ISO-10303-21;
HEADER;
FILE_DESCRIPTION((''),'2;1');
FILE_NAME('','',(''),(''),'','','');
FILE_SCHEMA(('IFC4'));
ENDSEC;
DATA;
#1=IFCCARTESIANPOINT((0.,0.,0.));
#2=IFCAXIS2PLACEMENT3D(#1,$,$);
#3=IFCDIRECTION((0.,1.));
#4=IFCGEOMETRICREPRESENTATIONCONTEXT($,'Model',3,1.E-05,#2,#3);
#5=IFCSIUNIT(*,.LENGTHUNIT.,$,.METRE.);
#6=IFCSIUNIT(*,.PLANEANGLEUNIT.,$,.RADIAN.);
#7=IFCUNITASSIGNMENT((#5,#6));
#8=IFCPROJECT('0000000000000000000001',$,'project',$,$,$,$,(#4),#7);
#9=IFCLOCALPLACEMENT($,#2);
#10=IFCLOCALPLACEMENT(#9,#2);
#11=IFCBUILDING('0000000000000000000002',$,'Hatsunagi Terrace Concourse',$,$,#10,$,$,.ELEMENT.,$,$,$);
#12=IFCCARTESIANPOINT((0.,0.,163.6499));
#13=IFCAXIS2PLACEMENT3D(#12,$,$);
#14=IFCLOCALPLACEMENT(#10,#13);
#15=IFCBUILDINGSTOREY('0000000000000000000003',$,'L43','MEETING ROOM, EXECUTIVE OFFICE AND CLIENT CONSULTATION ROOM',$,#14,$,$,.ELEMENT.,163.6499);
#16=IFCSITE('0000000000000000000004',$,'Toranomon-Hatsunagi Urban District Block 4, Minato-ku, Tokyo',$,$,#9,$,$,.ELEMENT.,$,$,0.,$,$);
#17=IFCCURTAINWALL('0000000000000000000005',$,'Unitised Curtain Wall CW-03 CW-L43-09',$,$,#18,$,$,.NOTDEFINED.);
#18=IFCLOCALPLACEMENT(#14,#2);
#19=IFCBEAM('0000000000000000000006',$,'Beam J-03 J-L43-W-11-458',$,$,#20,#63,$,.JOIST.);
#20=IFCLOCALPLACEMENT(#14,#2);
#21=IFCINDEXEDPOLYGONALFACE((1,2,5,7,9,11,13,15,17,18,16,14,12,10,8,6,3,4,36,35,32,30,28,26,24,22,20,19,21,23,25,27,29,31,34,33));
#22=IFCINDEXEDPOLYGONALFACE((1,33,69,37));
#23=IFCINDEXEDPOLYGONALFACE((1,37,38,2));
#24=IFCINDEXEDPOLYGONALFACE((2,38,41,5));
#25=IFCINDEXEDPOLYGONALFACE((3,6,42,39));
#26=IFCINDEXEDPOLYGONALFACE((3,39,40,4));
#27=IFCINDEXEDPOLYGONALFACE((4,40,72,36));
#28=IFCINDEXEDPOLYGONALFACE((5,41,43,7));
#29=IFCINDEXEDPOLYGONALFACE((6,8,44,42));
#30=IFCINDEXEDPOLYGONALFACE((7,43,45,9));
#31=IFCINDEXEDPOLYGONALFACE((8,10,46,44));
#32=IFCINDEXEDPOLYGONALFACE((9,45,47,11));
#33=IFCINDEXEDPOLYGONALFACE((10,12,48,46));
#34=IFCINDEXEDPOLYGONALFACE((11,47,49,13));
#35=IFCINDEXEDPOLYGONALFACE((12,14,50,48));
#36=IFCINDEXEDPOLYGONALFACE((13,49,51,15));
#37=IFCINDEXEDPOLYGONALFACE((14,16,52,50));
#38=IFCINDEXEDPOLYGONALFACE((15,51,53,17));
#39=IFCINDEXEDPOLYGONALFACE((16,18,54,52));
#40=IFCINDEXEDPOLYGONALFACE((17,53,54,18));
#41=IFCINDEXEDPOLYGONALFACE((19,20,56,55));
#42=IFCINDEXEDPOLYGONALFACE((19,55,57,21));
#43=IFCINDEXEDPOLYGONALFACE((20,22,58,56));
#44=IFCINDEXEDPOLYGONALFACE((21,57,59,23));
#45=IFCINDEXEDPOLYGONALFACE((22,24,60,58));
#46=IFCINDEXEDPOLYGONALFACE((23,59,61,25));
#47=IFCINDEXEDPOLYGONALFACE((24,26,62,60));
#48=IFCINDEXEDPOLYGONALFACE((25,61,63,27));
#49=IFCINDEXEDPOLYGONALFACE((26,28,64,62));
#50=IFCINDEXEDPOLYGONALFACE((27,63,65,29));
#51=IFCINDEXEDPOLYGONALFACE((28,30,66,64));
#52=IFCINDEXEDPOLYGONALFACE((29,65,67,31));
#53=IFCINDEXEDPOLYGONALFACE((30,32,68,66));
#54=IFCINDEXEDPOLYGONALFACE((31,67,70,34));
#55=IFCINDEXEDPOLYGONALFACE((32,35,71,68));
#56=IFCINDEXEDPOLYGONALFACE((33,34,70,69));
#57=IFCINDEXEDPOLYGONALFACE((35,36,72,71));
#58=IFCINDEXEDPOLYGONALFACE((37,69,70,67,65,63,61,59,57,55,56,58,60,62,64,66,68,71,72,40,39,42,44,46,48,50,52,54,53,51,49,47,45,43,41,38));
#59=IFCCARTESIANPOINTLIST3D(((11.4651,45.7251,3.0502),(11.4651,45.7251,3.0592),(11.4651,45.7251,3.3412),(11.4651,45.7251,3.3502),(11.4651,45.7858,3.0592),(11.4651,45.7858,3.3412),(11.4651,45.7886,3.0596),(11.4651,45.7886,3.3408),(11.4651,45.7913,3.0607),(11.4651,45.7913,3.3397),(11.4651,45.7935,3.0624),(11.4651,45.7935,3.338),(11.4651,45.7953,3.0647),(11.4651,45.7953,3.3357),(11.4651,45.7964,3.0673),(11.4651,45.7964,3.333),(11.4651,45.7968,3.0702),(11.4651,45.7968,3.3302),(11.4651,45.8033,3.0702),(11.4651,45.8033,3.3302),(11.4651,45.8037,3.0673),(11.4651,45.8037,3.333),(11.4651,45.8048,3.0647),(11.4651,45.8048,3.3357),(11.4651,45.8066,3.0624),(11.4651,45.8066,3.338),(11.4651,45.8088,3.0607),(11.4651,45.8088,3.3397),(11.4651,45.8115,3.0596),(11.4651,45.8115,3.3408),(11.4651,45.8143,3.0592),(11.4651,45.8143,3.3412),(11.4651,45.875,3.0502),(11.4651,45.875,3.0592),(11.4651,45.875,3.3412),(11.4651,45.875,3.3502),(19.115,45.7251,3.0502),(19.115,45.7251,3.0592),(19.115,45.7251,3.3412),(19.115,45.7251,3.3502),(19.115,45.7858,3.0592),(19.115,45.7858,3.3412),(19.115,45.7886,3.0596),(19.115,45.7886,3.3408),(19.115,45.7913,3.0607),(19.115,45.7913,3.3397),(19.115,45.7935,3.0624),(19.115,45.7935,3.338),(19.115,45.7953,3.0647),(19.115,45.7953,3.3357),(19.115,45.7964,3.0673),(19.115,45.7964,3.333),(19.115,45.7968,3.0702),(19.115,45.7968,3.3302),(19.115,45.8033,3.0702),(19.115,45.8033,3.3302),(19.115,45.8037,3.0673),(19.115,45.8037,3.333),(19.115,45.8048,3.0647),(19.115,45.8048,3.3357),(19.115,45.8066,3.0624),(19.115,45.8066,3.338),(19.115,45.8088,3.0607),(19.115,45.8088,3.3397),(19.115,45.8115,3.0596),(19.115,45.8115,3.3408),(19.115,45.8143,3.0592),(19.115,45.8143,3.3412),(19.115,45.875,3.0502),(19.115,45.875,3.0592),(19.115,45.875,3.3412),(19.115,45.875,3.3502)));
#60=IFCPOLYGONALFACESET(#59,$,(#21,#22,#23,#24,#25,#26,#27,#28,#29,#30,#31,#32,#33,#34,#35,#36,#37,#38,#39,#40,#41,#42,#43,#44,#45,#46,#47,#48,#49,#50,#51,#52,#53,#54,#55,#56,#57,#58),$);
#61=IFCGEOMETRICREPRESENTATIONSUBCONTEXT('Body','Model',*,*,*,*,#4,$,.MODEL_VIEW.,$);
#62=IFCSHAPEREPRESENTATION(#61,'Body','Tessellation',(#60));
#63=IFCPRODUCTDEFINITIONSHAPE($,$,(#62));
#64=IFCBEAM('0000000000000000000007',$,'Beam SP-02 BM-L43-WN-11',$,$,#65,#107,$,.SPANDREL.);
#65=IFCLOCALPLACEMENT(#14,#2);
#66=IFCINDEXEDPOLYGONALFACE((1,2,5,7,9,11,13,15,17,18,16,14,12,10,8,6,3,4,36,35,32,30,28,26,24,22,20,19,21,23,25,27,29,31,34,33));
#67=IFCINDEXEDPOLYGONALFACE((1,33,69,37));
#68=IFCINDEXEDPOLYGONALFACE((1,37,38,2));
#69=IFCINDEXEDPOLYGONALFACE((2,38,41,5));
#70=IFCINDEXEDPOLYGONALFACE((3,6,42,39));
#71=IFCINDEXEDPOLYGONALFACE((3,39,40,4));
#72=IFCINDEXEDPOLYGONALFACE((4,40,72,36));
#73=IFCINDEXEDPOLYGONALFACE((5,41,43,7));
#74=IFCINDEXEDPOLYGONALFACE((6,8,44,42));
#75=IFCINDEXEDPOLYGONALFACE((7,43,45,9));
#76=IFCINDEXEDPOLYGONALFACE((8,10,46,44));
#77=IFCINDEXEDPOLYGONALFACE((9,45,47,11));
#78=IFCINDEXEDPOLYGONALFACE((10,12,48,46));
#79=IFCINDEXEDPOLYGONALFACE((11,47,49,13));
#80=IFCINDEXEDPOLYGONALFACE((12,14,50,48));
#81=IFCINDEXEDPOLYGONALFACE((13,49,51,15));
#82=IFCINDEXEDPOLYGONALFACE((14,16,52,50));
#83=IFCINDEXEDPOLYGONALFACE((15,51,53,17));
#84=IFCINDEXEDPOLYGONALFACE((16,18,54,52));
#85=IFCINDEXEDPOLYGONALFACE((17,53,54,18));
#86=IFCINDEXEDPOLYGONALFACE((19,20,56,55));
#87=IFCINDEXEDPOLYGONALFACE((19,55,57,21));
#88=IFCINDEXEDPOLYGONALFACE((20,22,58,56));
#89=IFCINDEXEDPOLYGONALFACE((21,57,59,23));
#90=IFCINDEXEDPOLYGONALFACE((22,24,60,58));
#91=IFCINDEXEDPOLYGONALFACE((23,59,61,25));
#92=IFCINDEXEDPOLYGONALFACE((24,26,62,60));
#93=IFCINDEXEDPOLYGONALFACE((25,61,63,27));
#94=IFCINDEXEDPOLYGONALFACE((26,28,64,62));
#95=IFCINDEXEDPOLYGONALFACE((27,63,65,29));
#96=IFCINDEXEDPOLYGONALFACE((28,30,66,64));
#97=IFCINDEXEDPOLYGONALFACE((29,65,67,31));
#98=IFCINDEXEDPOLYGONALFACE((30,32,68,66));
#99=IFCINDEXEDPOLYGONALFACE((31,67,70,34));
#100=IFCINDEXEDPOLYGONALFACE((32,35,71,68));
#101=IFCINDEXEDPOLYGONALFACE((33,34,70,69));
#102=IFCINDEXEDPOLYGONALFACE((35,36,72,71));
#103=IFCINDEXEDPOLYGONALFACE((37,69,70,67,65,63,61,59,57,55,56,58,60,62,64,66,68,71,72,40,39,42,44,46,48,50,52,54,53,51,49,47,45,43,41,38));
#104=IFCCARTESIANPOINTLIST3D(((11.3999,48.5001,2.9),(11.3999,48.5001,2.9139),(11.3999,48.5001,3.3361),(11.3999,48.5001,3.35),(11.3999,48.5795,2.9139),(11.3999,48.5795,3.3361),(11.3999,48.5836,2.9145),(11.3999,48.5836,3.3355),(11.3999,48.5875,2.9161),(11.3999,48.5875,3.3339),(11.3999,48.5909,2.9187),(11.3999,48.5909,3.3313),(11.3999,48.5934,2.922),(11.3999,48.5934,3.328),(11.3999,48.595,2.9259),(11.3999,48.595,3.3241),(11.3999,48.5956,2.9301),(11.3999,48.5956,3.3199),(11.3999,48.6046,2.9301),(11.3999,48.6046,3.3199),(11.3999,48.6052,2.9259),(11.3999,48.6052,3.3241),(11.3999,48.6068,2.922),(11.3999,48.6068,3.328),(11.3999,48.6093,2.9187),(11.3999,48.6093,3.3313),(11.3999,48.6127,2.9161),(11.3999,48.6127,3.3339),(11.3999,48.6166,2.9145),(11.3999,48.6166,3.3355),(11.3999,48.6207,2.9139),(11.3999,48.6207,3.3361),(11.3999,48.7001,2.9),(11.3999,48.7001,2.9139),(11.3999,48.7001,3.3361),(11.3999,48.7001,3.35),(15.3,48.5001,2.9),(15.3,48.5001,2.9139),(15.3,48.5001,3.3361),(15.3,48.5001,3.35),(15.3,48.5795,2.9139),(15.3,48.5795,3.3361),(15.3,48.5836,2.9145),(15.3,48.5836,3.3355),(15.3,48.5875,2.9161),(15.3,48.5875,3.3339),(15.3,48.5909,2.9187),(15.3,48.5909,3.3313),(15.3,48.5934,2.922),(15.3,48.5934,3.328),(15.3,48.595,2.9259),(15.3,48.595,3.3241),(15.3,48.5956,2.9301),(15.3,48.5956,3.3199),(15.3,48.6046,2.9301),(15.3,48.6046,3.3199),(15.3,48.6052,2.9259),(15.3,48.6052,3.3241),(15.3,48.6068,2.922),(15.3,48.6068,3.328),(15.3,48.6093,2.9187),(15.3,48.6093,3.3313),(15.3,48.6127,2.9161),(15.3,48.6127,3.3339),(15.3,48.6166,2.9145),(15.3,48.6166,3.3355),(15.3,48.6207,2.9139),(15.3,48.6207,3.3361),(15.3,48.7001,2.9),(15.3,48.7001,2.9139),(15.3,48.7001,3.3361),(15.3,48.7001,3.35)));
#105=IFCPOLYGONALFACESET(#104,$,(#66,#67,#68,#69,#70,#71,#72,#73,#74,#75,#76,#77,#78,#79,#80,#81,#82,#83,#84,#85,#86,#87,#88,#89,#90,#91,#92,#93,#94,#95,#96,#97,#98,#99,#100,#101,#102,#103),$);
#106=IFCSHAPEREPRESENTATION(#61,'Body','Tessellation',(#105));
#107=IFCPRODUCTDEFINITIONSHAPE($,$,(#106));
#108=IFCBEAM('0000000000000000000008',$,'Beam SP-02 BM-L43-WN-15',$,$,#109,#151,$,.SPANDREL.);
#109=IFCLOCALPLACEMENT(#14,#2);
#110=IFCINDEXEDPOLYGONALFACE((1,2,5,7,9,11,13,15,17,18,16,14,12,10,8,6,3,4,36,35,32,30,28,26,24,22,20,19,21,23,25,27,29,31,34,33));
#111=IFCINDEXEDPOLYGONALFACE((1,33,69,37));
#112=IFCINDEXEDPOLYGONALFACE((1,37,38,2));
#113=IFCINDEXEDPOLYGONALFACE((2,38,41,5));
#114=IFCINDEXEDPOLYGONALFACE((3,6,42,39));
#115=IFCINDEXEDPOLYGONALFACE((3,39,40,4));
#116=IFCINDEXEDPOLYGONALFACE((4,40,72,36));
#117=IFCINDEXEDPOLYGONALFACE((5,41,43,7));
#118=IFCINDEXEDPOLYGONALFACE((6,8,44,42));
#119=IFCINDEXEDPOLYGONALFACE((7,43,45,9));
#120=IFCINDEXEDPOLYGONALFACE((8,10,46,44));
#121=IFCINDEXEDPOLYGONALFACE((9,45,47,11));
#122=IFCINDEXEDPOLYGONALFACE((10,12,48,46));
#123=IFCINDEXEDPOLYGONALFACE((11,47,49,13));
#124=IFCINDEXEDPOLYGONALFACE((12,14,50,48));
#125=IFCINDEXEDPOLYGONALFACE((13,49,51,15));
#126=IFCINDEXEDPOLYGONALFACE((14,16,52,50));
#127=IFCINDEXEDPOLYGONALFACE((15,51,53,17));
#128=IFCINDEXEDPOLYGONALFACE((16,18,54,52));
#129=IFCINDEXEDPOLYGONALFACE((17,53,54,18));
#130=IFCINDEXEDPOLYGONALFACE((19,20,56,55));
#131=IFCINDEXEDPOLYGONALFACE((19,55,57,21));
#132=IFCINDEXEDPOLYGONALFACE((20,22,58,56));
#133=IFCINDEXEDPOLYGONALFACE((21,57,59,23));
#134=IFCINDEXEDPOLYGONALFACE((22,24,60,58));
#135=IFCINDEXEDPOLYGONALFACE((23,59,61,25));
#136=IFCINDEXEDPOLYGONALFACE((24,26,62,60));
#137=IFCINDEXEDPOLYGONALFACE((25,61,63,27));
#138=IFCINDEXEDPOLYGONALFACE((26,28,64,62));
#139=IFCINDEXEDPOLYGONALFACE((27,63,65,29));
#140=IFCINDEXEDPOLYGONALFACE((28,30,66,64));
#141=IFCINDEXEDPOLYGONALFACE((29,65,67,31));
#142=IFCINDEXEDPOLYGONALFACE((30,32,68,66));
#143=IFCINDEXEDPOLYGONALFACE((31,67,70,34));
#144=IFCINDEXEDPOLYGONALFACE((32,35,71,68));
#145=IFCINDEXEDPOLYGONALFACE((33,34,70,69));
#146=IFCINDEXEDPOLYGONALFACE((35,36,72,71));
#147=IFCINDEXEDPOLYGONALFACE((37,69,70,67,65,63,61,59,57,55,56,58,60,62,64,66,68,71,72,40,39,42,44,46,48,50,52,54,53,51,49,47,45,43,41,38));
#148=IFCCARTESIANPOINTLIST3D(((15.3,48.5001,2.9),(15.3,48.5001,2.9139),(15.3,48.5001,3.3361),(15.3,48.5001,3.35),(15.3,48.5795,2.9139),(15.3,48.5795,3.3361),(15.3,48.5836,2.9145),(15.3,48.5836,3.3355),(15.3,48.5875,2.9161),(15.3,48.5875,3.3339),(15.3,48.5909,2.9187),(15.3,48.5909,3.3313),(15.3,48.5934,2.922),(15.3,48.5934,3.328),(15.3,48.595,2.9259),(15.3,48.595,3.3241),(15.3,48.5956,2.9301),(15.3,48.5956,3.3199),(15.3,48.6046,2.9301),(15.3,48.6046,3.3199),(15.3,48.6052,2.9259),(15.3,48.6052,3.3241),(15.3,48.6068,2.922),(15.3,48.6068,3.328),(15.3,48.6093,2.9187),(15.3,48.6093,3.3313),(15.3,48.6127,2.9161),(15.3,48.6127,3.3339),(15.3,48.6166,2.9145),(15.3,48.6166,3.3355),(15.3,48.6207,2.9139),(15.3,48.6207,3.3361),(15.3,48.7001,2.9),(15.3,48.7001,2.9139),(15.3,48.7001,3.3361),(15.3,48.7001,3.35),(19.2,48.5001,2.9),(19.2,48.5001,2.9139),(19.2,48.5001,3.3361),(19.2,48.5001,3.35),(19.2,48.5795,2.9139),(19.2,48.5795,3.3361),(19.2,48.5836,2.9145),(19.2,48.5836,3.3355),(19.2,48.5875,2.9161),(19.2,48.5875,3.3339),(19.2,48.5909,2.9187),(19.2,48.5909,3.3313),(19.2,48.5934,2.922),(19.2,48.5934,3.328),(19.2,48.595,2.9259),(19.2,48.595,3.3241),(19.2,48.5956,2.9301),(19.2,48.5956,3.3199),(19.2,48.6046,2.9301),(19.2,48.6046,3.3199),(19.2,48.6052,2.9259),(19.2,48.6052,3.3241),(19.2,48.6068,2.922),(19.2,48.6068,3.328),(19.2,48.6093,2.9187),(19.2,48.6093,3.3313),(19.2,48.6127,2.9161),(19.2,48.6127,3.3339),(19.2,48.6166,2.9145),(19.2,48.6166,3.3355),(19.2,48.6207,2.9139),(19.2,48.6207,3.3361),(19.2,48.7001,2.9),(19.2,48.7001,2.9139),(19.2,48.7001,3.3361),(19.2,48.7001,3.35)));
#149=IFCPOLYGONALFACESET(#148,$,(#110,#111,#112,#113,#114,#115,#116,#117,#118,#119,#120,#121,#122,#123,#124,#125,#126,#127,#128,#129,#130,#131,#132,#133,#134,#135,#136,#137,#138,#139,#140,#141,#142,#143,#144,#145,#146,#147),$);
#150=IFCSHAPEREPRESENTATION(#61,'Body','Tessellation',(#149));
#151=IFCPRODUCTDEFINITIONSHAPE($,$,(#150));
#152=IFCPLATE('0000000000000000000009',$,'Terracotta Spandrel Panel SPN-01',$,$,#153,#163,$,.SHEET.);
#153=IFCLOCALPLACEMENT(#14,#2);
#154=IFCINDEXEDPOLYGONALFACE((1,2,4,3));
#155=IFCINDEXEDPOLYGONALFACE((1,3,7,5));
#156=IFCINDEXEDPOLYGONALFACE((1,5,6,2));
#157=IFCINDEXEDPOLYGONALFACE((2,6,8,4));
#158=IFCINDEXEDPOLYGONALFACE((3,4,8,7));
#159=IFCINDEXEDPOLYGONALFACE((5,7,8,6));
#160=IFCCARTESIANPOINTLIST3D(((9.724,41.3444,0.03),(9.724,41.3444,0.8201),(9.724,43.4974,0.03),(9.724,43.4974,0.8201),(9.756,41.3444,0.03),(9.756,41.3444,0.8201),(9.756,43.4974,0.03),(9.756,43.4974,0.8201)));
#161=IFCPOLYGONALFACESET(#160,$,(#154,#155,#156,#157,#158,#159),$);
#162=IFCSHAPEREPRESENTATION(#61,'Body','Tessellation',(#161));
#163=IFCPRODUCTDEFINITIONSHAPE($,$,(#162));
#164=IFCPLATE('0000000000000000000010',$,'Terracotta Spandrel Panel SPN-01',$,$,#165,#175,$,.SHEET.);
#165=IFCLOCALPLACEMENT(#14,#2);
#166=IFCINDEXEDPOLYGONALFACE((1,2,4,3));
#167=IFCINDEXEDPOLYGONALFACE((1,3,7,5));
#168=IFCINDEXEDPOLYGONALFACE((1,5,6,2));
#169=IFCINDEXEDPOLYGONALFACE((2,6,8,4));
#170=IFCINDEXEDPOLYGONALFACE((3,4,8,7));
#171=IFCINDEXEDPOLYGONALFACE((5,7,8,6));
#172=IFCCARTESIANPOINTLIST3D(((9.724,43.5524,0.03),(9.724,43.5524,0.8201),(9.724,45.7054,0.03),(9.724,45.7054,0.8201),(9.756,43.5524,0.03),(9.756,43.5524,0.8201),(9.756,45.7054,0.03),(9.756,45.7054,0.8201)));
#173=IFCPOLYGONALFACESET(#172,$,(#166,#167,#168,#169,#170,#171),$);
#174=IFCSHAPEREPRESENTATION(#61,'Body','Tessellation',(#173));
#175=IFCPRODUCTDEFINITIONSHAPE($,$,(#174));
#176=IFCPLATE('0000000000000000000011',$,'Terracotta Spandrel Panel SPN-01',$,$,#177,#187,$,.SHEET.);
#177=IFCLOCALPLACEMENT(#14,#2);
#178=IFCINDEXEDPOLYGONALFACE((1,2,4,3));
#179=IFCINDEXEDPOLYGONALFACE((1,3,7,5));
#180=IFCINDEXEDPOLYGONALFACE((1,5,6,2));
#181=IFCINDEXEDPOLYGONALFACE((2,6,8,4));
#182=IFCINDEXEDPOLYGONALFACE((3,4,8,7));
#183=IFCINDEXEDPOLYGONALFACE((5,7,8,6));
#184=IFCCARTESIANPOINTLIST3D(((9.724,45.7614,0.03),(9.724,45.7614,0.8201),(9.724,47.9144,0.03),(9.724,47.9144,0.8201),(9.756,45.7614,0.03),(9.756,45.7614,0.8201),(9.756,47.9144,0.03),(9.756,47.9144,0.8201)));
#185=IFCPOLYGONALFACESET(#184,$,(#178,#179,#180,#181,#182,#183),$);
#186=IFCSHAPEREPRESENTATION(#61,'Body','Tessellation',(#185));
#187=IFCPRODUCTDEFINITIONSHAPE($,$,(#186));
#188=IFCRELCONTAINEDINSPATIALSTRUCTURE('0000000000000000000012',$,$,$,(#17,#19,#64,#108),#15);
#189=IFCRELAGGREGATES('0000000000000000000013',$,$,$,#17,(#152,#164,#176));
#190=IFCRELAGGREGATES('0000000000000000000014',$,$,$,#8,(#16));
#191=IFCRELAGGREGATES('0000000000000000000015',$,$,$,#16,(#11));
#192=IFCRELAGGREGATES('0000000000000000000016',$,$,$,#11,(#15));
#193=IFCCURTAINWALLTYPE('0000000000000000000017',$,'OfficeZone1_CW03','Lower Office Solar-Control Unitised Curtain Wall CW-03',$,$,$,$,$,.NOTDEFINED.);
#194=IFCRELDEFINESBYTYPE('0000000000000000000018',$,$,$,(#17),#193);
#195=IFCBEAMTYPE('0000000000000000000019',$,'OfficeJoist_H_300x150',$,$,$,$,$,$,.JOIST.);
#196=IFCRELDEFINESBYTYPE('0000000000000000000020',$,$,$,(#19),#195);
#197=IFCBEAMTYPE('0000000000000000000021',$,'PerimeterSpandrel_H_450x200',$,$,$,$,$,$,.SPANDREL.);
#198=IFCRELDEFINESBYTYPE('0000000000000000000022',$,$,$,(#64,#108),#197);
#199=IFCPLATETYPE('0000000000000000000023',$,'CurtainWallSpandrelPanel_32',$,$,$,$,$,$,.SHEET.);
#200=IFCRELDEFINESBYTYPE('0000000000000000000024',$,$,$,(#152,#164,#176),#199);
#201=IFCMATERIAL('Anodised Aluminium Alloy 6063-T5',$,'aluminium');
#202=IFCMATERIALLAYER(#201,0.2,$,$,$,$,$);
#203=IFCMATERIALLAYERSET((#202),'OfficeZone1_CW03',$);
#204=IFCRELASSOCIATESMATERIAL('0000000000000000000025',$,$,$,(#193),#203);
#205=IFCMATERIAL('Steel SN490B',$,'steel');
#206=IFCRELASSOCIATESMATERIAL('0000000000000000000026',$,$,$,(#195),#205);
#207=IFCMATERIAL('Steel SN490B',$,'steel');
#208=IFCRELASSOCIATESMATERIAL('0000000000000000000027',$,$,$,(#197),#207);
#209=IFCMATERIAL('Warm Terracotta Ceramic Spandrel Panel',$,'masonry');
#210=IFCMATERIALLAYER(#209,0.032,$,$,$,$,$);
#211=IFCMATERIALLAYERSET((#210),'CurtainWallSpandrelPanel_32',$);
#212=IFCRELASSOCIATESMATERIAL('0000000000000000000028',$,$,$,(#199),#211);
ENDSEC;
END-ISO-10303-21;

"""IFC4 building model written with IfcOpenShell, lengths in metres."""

from ifc_helpers import new_model, si_unit, direction, frame, origin, origin_2d, place, context, subcontext, project, spatial, rectangle, i_section, extrude, material, layer, layer_set, material_profile, profile_set, type_object, element, aggregate, save


model = new_model("IFC4")

# Units and contexts
model_context = context("Model", 3, precision=1e-05, world=origin(), true_north=direction((0.0, 1.0)))
body_context = subcontext(model_context, "Body", "Model", "MODEL_VIEW")
ifc_project = project(units=[si_unit("LENGTHUNIT", "METRE"), si_unit("PLANEANGLEUNIT", "RADIAN")], contexts=[model_context])

# Site, building, storey
site_placement = place(None, origin())
site = spatial("IfcSite", under=ifc_project, at=site_placement, Name="Toranomon-Hatsunagi Urban District Block 4, Minato-ku, Tokyo", CompositionType="ELEMENT", RefElevation=0.0)
building_placement = place(site_placement, origin())
building = spatial("IfcBuilding", under=site, at=building_placement, Name="Hatsunagi Terrace Concourse", CompositionType="ELEMENT")
storey_placement = place(building_placement, frame((0.0, 0.0, 163.6499)))
storey = spatial("IfcBuildingStorey", under=building, at=storey_placement, Name="L43", Description="MEETING ROOM, EXECUTIVE OFFICE AND CLIENT CONSULTATION ROOM", CompositionType="ELEMENT", Elevation=163.6499)

# Curtain wall
ifc_material_1 = material(Name="Anodised Aluminium Alloy 6063-T5", Category="aluminium")
ifc_layer_1 = layer(ifc_material_1, 0.2)
ifc_layer_set_1 = layer_set([ifc_layer_1], Name="OfficeZone1_CW03")
curtain_wall_type = type_object("IfcCurtainWallType", Name="OfficeZone1_CW03", Description="Lower Office Solar-Control Unitised Curtain Wall CW-03", PredefinedType="NOTDEFINED", material=ifc_layer_set_1)
curtain_wall_placement = place(storey_placement, origin())
curtain_wall = element("IfcCurtainWall", 1, at=curtain_wall_placement, inside=storey, type_object=curtain_wall_type, Name="Unitised Curtain Wall CW-03 CW-L43-09", PredefinedType="NOTDEFINED")

# Beams
ifc_material_2 = material(Name="Steel SN490B", Category="steel")
ifc_material_profile_1 = material_profile(ifc_material_2, i_section(OverallWidth=0.1499, OverallDepth=0.3, WebThickness=0.0066, FlangeThickness=0.009, FilletRadius=0.011, at=origin_2d()), Name="H-300x150x6.5x9")
ifc_profile_set_1 = profile_set([ifc_material_profile_1], Name="Steel SN490B")
beam_type_1 = type_object("IfcBeamType", Name="OfficeJoist_H_300x150", PredefinedType="JOIST", material=ifc_profile_set_1)
for number, where, z_axis, x_axis, name in (
    (2, (11.4651, 45.8, 3.2002), (1.0, 0.0, 0.0), (0.0, 1.0, 0.0), "Beam J-03 J-L43-W-11-458"),
):
    element("IfcBeam", number, at=place(storey_placement, frame(where, z_axis=z_axis, x_axis=x_axis)), inside=storey, type_object=beam_type_1, Name=name, PredefinedType="JOIST", context=body_context, shape_type="SweptSolid", body=[
        extrude(i_section(OverallWidth=0.1499, OverallDepth=0.3, WebThickness=0.0066, FlangeThickness=0.009, FilletRadius=0.011, at=origin_2d()), origin(), (0.0, 0.0, 1.0), 7.6499),
    ])
ifc_material_3 = material(Name="Steel SN490B", Category="steel")
ifc_material_profile_2 = material_profile(ifc_material_3, i_section(OverallWidth=0.2, OverallDepth=0.45, WebThickness=0.009, FlangeThickness=0.0139, FilletRadius=0.0161, at=origin_2d()), Name="H-450x200x9x14")
ifc_profile_set_2 = profile_set([ifc_material_profile_2], Name="Steel SN490B")
beam_type_2 = type_object("IfcBeamType", Name="PerimeterSpandrel_H_450x200", PredefinedType="SPANDREL", material=ifc_profile_set_2)
beam_1_placement = place(storey_placement, frame((11.3999, 48.6001, 3.125), z_axis=(1.0, 0.0, 0.0), x_axis=(0.0, 1.0, 0.0)))
element("IfcBeam", 3, at=beam_1_placement, inside=storey, type_object=beam_type_2, Name="Beam SP-02 BM-L43-WN-11", PredefinedType="SPANDREL", context=body_context, shape_type="SweptSolid", body=[
    extrude(i_section(OverallWidth=0.2, OverallDepth=0.45, WebThickness=0.009, FlangeThickness=0.0139, FilletRadius=0.0161, at=origin_2d()), origin(), (0.0, 0.0, 1.0), 3.9001),
])
beam_2_placement = place(storey_placement, frame((15.3, 48.6001, 3.125), z_axis=(1.0, 0.0, 0.0), x_axis=(0.0, 1.0, 0.0)))
element("IfcBeam", 4, at=beam_2_placement, inside=storey, type_object=beam_type_2, Name="Beam SP-02 BM-L43-WN-15", PredefinedType="SPANDREL", context=body_context, shape_type="SweptSolid", body=[
    extrude(i_section(OverallWidth=0.2, OverallDepth=0.45, WebThickness=0.009, FlangeThickness=0.0139, FilletRadius=0.0161, at=origin_2d()), origin(), (0.0, 0.0, 1.0), 3.8999),
])

# Plates
ifc_material_4 = material(Name="Warm Terracotta Ceramic Spandrel Panel", Category="masonry")
ifc_layer_2 = layer(ifc_material_4, 0.032)
ifc_layer_set_2 = layer_set([ifc_layer_2], Name="CurtainWallSpandrelPanel_32")
plate_type_1 = type_object("IfcPlateType", Name="CurtainWallSpandrelPanel_32", PredefinedType="SHEET", material=ifc_layer_set_2)
plate_1_placement = place(storey_placement, frame((9.74, 42.4209, 0.03), z_axis=(0.0, 0.0, 1.0), x_axis=(0.0, 1.0, 0.0)))
plate_1 = element("IfcPlate", 5, at=plate_1_placement, type_object=plate_type_1, Name="Terracotta Spandrel Panel SPN-01", PredefinedType="SHEET", context=body_context, shape_type="SweptSolid", body=[
    extrude(rectangle(XDim=2.1531, YDim=0.032, at=origin_2d()), origin(), (0.0, 0.0, 1.0), 0.79),
])
plate_2_placement = place(storey_placement, frame((9.74, 44.6289, 0.03), z_axis=(0.0, 0.0, 1.0), x_axis=(0.0, 1.0, 0.0)))
plate_2 = element("IfcPlate", 6, at=plate_2_placement, type_object=plate_type_1, Name="Terracotta Spandrel Panel SPN-01", PredefinedType="SHEET", context=body_context, shape_type="SweptSolid", body=[
    extrude(rectangle(XDim=2.1531, YDim=0.032, at=origin_2d()), origin(), (0.0, 0.0, 1.0), 0.79),
])
plate_3_placement = place(storey_placement, frame((9.74, 46.8379, 0.03), z_axis=(0.0, 0.0, 1.0), x_axis=(0.0, 1.0, 0.0)))
plate_3 = element("IfcPlate", 7, at=plate_3_placement, type_object=plate_type_1, Name="Terracotta Spandrel Panel SPN-01", PredefinedType="SHEET", context=body_context, shape_type="SweptSolid", body=[
    extrude(rectangle(XDim=2.1531, YDim=0.032, at=origin_2d()), origin(), (0.0, 0.0, 1.0), 0.79),
])
aggregate(curtain_wall, [plate_1, plate_2, plate_3])

save(model, "model.ifc")
